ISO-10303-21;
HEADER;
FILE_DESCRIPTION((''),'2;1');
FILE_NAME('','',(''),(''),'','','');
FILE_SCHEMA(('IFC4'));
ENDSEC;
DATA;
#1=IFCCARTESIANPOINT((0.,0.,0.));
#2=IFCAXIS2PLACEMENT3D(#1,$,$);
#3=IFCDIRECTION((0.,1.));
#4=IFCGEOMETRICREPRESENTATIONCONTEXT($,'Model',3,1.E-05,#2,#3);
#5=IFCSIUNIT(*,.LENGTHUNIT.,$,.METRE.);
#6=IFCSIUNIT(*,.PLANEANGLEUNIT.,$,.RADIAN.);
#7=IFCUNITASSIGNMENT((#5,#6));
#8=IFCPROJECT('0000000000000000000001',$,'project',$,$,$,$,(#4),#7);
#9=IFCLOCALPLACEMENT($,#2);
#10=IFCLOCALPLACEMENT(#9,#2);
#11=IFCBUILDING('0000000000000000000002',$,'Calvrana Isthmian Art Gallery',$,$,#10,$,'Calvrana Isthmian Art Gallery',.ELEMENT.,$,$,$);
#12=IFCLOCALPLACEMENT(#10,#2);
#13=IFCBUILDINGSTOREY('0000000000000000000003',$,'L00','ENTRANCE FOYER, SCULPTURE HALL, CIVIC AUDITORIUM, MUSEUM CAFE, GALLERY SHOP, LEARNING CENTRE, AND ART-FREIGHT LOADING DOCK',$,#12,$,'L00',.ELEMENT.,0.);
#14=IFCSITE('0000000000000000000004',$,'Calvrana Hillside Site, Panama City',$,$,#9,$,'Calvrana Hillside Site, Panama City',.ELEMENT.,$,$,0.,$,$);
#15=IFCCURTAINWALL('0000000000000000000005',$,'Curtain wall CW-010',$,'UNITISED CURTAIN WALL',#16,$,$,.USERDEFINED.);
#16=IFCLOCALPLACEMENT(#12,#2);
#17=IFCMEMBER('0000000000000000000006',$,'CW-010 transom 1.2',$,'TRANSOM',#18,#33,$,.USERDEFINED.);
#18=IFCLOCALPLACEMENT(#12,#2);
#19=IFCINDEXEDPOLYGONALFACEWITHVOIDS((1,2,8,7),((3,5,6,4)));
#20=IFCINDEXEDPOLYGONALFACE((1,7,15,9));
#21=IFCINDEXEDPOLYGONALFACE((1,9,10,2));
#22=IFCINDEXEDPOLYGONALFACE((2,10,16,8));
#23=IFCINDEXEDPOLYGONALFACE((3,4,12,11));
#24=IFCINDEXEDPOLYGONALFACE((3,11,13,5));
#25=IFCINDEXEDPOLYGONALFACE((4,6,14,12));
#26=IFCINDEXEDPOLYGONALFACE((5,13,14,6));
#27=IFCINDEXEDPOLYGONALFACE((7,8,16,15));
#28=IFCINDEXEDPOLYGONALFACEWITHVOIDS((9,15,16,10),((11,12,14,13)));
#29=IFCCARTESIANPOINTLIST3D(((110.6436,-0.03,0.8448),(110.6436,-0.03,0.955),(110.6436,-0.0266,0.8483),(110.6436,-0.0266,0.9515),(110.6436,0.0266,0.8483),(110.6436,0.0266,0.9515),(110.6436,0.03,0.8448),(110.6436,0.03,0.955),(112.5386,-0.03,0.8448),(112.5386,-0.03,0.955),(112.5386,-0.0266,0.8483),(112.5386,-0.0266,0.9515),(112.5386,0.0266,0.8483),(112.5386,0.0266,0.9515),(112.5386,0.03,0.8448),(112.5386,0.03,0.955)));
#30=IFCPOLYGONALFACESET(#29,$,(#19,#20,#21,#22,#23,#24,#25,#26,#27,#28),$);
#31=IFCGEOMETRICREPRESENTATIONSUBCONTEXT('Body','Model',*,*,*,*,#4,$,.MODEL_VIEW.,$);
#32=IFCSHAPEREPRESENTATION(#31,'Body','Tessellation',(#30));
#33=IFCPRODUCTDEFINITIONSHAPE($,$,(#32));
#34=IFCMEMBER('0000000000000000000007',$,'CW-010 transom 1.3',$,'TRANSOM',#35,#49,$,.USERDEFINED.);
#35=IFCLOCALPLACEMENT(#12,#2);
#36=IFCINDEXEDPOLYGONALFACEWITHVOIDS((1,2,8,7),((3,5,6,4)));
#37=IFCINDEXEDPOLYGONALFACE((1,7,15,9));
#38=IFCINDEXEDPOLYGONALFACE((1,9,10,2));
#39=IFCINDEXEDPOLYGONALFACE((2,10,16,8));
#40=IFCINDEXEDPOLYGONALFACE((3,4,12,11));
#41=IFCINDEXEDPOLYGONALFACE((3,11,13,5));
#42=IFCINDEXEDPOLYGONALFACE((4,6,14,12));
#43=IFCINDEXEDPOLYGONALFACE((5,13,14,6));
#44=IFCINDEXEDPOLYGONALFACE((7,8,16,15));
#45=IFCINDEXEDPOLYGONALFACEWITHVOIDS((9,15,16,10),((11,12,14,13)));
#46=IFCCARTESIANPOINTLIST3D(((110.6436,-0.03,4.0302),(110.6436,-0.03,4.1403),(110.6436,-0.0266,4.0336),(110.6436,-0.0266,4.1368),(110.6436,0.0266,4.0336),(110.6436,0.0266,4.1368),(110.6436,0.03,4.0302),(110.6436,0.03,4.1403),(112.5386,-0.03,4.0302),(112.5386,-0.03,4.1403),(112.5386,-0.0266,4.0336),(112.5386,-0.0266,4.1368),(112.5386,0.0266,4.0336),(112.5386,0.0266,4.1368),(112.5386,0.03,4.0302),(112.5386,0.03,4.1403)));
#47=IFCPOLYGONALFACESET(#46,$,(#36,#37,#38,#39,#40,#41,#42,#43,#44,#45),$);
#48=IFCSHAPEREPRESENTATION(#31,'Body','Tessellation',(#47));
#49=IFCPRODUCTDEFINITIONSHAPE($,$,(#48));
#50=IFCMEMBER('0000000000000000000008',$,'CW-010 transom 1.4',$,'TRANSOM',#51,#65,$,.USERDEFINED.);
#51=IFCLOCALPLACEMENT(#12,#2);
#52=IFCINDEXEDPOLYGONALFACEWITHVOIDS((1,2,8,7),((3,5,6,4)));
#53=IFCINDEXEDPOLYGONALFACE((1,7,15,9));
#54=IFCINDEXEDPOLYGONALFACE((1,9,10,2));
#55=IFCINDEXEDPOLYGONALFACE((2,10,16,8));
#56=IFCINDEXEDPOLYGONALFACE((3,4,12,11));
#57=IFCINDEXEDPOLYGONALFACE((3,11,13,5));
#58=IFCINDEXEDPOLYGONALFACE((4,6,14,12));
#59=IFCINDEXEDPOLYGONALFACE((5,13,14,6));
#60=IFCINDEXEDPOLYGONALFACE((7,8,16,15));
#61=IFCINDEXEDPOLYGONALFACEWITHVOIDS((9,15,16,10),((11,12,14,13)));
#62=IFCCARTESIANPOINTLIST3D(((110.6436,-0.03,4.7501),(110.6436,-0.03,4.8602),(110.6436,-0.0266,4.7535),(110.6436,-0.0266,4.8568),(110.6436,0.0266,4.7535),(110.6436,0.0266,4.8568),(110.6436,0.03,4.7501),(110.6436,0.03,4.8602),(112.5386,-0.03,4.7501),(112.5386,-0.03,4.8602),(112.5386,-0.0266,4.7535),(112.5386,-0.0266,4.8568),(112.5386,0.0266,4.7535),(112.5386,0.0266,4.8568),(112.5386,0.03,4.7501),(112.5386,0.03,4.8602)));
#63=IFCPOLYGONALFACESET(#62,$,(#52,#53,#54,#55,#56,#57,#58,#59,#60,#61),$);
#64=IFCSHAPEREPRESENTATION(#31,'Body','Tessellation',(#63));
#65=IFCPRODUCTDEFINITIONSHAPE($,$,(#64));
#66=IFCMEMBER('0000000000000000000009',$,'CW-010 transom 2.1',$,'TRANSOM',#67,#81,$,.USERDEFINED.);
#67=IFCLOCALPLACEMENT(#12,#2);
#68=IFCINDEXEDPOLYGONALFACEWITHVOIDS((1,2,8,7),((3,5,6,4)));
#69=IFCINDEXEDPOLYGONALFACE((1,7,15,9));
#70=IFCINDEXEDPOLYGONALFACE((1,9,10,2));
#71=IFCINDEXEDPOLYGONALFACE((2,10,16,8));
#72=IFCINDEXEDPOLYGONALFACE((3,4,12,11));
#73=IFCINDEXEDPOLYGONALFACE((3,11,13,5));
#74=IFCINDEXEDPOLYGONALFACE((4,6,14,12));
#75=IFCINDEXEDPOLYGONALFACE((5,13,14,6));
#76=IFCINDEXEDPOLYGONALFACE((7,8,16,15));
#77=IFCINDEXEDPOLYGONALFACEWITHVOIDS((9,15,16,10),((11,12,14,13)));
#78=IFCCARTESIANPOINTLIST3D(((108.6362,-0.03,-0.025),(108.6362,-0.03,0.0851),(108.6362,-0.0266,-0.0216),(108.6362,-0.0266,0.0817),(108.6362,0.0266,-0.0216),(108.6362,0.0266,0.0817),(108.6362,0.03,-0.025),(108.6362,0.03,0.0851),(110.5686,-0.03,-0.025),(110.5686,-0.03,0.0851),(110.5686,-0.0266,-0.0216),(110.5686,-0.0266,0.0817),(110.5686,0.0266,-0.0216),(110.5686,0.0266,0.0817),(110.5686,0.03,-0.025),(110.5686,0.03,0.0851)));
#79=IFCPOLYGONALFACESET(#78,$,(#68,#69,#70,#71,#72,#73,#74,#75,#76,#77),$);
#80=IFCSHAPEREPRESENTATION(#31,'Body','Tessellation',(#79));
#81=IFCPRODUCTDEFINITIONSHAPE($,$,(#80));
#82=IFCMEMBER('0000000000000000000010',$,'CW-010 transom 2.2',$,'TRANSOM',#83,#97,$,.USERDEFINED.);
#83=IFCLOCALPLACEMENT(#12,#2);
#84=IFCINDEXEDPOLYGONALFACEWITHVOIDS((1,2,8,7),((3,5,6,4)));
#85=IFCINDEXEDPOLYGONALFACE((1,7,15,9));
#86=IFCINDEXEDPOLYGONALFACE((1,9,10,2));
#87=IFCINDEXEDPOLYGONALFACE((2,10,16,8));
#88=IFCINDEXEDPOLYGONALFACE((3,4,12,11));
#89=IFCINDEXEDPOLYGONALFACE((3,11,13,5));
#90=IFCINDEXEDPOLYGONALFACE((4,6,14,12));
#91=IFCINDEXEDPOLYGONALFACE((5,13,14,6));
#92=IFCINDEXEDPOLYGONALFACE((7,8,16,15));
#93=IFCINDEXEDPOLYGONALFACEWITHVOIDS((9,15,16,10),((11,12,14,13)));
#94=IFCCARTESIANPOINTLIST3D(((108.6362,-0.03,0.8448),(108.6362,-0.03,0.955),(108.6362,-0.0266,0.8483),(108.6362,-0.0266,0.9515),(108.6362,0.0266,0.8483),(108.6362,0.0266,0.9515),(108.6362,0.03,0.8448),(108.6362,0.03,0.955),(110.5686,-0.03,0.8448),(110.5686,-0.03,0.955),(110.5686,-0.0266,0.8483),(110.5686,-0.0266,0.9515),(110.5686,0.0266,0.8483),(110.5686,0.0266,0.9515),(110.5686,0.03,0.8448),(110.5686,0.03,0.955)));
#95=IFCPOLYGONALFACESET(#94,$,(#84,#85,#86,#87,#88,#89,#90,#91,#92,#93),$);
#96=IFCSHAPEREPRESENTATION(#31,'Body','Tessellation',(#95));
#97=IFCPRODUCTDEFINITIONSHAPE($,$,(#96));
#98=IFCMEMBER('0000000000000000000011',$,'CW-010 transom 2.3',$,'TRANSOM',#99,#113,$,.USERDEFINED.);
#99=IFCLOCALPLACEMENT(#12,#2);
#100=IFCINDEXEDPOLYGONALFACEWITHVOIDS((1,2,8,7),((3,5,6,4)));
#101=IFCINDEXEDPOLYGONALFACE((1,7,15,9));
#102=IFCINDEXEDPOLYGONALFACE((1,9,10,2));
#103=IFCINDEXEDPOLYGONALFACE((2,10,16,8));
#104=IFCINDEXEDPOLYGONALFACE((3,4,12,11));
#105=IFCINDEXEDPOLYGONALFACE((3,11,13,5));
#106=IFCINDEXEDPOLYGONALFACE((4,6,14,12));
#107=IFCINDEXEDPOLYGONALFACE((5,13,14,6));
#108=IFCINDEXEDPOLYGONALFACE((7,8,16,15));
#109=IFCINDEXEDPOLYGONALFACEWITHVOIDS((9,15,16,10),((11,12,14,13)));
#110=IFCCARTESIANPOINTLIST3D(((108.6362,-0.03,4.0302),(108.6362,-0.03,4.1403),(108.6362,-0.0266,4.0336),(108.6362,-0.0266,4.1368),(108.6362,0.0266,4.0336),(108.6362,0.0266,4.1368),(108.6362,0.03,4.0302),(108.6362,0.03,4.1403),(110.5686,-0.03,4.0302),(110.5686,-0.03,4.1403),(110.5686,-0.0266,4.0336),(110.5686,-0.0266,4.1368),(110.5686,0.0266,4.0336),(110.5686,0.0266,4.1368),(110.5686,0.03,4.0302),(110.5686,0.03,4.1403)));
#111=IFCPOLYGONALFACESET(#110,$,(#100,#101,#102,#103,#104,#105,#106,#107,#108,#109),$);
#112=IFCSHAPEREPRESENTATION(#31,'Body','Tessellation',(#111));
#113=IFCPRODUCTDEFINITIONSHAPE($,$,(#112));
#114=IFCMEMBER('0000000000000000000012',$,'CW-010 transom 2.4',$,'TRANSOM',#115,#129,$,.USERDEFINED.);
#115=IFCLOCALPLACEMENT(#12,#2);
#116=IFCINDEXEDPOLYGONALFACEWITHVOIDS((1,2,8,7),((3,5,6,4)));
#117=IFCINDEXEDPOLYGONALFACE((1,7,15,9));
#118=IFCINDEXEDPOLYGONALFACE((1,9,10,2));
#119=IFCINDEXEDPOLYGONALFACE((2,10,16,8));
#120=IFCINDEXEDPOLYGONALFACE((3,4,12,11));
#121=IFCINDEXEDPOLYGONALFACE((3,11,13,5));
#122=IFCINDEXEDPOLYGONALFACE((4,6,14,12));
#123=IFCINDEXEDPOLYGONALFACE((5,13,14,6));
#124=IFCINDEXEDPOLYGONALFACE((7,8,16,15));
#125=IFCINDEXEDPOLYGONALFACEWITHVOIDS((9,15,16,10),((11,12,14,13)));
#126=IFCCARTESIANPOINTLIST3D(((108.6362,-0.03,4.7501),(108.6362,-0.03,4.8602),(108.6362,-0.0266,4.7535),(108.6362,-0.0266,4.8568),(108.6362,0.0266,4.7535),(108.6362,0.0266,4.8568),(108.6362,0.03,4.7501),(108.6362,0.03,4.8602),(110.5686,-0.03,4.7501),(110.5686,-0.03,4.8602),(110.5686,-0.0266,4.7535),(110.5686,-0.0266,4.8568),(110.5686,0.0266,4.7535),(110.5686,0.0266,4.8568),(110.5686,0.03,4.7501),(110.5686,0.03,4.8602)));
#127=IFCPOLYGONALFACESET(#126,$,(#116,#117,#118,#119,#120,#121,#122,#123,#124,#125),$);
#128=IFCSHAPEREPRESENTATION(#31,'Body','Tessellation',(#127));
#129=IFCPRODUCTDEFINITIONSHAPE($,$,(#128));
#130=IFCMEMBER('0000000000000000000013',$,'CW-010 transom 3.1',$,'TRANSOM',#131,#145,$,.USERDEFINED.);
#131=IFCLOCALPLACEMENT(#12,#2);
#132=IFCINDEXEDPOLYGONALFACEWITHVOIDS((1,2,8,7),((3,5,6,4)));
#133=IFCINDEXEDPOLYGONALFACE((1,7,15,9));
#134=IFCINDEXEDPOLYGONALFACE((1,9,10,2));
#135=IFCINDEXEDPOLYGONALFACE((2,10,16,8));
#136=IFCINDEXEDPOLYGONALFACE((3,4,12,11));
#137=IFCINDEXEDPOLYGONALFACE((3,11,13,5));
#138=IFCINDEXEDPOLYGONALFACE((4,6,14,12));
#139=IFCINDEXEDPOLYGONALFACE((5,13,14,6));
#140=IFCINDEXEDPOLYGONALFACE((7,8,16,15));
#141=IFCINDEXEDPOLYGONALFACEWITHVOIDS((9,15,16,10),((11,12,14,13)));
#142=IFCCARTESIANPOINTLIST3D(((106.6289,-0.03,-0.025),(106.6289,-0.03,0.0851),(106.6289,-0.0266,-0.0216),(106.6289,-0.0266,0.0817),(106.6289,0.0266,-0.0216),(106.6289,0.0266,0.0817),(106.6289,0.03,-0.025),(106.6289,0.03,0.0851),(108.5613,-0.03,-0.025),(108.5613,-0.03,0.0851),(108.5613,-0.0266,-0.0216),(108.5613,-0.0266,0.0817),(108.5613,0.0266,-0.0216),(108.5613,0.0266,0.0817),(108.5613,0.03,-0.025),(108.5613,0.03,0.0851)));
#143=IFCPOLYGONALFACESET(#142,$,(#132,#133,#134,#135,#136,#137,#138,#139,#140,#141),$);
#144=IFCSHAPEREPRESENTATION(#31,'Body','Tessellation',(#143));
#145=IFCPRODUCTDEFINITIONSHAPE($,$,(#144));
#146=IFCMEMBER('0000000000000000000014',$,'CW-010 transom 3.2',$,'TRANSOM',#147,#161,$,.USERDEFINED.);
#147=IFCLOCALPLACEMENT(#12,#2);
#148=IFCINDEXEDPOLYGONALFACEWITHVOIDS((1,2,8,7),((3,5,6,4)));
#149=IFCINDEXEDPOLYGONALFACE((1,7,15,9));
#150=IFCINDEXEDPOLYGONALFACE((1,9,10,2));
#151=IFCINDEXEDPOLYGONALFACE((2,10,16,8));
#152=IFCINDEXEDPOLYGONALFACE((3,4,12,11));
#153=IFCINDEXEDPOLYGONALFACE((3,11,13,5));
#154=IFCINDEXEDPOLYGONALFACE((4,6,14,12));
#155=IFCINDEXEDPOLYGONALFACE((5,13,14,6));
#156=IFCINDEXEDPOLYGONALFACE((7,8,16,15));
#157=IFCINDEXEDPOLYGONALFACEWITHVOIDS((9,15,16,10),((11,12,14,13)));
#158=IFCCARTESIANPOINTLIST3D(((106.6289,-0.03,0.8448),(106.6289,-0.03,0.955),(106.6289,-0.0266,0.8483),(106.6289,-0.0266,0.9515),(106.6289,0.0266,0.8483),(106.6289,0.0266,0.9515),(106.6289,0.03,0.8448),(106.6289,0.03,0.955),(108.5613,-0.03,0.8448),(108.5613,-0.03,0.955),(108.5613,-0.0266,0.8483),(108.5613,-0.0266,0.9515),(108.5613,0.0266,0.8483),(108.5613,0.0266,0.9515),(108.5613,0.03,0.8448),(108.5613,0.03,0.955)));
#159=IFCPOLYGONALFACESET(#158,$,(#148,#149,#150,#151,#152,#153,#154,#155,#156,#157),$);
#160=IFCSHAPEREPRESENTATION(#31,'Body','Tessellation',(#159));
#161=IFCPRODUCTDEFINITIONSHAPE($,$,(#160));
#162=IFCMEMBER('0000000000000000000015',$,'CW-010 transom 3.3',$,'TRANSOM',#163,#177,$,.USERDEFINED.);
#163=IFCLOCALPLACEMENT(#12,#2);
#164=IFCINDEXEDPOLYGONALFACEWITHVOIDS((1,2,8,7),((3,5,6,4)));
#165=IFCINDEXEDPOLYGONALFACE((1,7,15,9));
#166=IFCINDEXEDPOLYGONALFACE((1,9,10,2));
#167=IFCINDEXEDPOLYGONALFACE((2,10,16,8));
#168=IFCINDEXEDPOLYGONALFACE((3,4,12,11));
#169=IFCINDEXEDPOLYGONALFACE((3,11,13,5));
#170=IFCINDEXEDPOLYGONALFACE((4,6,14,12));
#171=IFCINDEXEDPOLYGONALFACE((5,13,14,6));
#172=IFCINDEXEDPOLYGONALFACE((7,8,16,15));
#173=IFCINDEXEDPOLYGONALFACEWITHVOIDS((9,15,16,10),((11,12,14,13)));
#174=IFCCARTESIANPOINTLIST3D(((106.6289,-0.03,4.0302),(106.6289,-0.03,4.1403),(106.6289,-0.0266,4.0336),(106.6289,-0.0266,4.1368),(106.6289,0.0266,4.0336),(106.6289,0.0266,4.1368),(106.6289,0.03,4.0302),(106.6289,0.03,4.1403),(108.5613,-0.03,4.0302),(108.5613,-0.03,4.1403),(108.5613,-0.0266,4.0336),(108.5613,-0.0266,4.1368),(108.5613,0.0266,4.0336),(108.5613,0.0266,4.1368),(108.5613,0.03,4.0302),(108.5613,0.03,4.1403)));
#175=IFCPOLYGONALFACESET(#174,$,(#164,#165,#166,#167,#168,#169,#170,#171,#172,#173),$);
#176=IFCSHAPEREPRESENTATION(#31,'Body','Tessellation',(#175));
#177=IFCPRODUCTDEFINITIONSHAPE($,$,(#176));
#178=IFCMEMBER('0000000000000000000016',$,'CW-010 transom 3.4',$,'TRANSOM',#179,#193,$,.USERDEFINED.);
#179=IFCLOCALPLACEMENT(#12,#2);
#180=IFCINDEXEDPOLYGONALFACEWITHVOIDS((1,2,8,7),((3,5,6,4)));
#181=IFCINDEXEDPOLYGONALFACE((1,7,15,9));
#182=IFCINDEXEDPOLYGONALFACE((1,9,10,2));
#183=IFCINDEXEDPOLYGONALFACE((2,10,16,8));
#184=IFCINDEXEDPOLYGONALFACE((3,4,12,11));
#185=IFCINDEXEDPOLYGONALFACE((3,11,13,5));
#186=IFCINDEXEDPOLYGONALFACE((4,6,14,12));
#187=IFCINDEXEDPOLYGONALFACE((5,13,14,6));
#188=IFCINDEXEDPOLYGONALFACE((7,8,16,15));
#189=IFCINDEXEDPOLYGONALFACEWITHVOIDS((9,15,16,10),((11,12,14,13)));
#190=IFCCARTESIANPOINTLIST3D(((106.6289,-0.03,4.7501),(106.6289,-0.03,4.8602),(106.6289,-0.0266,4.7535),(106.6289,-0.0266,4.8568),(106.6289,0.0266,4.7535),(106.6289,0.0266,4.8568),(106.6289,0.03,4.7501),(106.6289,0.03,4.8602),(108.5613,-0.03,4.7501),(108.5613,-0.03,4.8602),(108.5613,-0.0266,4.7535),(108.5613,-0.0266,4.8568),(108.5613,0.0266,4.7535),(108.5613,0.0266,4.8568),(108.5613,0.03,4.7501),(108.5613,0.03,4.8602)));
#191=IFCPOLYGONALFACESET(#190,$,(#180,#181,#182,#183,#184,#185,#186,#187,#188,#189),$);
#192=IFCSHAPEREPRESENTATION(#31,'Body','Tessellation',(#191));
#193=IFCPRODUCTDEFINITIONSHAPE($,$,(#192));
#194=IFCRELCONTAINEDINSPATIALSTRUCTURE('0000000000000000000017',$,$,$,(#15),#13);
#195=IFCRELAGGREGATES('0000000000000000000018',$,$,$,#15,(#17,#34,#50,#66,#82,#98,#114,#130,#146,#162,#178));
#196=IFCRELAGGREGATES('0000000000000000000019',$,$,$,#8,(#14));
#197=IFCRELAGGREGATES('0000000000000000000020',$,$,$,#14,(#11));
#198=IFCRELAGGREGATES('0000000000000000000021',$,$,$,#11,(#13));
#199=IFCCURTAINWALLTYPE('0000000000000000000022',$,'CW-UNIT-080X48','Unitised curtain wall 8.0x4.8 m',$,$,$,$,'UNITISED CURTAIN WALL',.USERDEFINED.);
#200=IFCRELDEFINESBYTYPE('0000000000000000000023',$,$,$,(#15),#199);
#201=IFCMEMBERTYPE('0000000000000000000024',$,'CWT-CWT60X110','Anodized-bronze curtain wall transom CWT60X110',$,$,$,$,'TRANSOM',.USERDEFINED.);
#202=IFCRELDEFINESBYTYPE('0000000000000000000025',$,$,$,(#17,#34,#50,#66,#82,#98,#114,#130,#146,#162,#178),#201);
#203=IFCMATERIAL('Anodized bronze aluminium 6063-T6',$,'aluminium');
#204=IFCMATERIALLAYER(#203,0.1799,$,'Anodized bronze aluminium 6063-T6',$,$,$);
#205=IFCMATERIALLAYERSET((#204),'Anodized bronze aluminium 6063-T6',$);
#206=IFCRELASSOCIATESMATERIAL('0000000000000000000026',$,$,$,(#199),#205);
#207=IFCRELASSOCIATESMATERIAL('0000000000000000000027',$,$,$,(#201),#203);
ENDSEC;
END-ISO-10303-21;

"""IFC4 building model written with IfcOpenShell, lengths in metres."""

from ifc_helpers import new_model, si_unit, direction, frame, origin, origin_2d, place, context, subcontext, project, spatial, hollow_rectangle, extrude, material, layer, layer_set, material_profile, profile_set, type_object, element, aggregate, save


model = new_model("IFC4")

# Units and contexts
model_context = context("Model", 3, precision=1e-05, world=origin(), true_north=direction((0.0, 1.0)))
body_context = subcontext(model_context, "Body", "Model", "MODEL_VIEW")
ifc_project = project(units=[si_unit("LENGTHUNIT", "METRE"), si_unit("PLANEANGLEUNIT", "RADIAN")], contexts=[model_context])

# Site, building, storey
site_placement = place(None, origin())
site = spatial("IfcSite", under=ifc_project, at=site_placement, Name="Calvrana Hillside Site, Panama City", LongName="Calvrana Hillside Site, Panama City", CompositionType="ELEMENT", RefElevation=0.0)
building_placement = place(site_placement, origin())
building = spatial("IfcBuilding", under=site, at=building_placement, Name="Calvrana Isthmian Art Gallery", LongName="Calvrana Isthmian Art Gallery", CompositionType="ELEMENT")
storey_placement = place(building_placement, origin())
storey = spatial("IfcBuildingStorey", under=building, at=storey_placement, Name="L00", Description="ENTRANCE FOYER, SCULPTURE HALL, CIVIC AUDITORIUM, MUSEUM CAFE, GALLERY SHOP, LEARNING CENTRE, AND ART-FREIGHT LOADING DOCK", LongName="L00", CompositionType="ELEMENT", Elevation=0.0)

# Curtain wall, members
ifc_material_1 = material(Name="Anodized bronze aluminium 6063-T6", Category="aluminium")
ifc_layer_1 = layer(ifc_material_1, 0.1799, Name="Anodized bronze aluminium 6063-T6")
ifc_layer_set_1 = layer_set([ifc_layer_1], Name="Anodized bronze aluminium 6063-T6")
curtain_wall_type = type_object("IfcCurtainWallType", Name="CW-UNIT-080X48", Description="Unitised curtain wall 8.0x4.8 m", ElementType="UNITISED CURTAIN WALL", PredefinedType="USERDEFINED", material=ifc_layer_set_1)
curtain_wall_placement = place(storey_placement, origin())
curtain_wall = element("IfcCurtainWall", 1, at=curtain_wall_placement, inside=storey, type_object=curtain_wall_type, Name="Curtain wall CW-010", ObjectType="UNITISED CURTAIN WALL", PredefinedType="USERDEFINED")
ifc_material_profile_1 = material_profile(ifc_material_1, hollow_rectangle(XDim=0.0601, YDim=0.1101, WallThickness=0.0034, at=origin_2d()), Name="CWT60X110")
ifc_profile_set_1 = profile_set([ifc_material_profile_1], Name="Anodized bronze aluminium 6063-T6")
member_type_1 = type_object("IfcMemberType", Name="CWT-CWT60X110", Description="Anodized-bronze curtain wall transom CWT60X110", ElementType="TRANSOM", PredefinedType="USERDEFINED", material=ifc_profile_set_1)
member_1_placement = place(storey_placement, frame((112.5386, 0.0, 0.8999), z_axis=(-1.0, 0.0, 0.0), x_axis=(0.0, -1.0, 0.0)))
member_1 = element("IfcMember", 2, at=member_1_placement, type_object=member_type_1, Name="CW-010 transom 1.2", ObjectType="TRANSOM", PredefinedType="USERDEFINED", context=body_context, shape_type="SweptSolid", body=[
    extrude(hollow_rectangle(XDim=0.0601, YDim=0.1101, WallThickness=0.0034, at=origin_2d()), origin(), (0.0, 0.0, 1.0), 1.895),
])
member_2_placement = place(storey_placement, frame((112.5386, 0.0, 4.0852), z_axis=(-1.0, 0.0, 0.0), x_axis=(0.0, -1.0, 0.0)))
member_2 = element("IfcMember", 3, at=member_2_placement, type_object=member_type_1, Name="CW-010 transom 1.3", ObjectType="TRANSOM", PredefinedType="USERDEFINED", context=body_context, shape_type="SweptSolid", body=[
    extrude(hollow_rectangle(XDim=0.0601, YDim=0.1101, WallThickness=0.0034, at=origin_2d()), origin(), (0.0, 0.0, 1.0), 1.895),
])
member_3_placement = place(storey_placement, frame((112.5386, 0.0, 4.8052), z_axis=(-1.0, 0.0, 0.0), x_axis=(0.0, -1.0, 0.0)))
member_3 = element("IfcMember", 4, at=member_3_placement, type_object=member_type_1, Name="CW-010 transom 1.4", ObjectType="TRANSOM", PredefinedType="USERDEFINED", context=body_context, shape_type="SweptSolid", body=[
    extrude(hollow_rectangle(XDim=0.0601, YDim=0.1101, WallThickness=0.0034, at=origin_2d()), origin(), (0.0, 0.0, 1.0), 1.895),
])
member_4_placement = place(storey_placement, frame((110.5686, 0.0, 0.03), z_axis=(-1.0, 0.0, 0.0), x_axis=(0.0, -1.0, 0.0)))
member_4 = element("IfcMember", 5, at=member_4_placement, type_object=member_type_1, Name="CW-010 transom 2.1", ObjectType="TRANSOM", PredefinedType="USERDEFINED", context=body_context, shape_type="SweptSolid", body=[
    extrude(hollow_rectangle(XDim=0.0601, YDim=0.1101, WallThickness=0.0034, at=origin_2d()), origin(), (0.0, 0.0, 1.0), 1.9324),
])
member_5_placement = place(storey_placement, frame((110.5686, 0.0, 0.8999), z_axis=(-1.0, 0.0, 0.0), x_axis=(0.0, -1.0, 0.0)))
member_5 = element("IfcMember", 6, at=member_5_placement, type_object=member_type_1, Name="CW-010 transom 2.2", ObjectType="TRANSOM", PredefinedType="USERDEFINED", context=body_context, shape_type="SweptSolid", body=[
    extrude(hollow_rectangle(XDim=0.0601, YDim=0.1101, WallThickness=0.0034, at=origin_2d()), origin(), (0.0, 0.0, 1.0), 1.9324),
])
member_6_placement = place(storey_placement, frame((110.5686, 0.0, 4.0852), z_axis=(-1.0, 0.0, 0.0), x_axis=(0.0, -1.0, 0.0)))
member_6 = element("IfcMember", 7, at=member_6_placement, type_object=member_type_1, Name="CW-010 transom 2.3", ObjectType="TRANSOM", PredefinedType="USERDEFINED", context=body_context, shape_type="SweptSolid", body=[
    extrude(hollow_rectangle(XDim=0.0601, YDim=0.1101, WallThickness=0.0034, at=origin_2d()), origin(), (0.0, 0.0, 1.0), 1.9324),
])
member_7_placement = place(storey_placement, frame((110.5686, 0.0, 4.8052), z_axis=(-1.0, 0.0, 0.0), x_axis=(0.0, -1.0, 0.0)))
member_7 = element("IfcMember", 8, at=member_7_placement, type_object=member_type_1, Name="CW-010 transom 2.4", ObjectType="TRANSOM", PredefinedType="USERDEFINED", context=body_context, shape_type="SweptSolid", body=[
    extrude(hollow_rectangle(XDim=0.0601, YDim=0.1101, WallThickness=0.0034, at=origin_2d()), origin(), (0.0, 0.0, 1.0), 1.9324),
])
member_8_placement = place(storey_placement, frame((108.5613, 0.0, 0.03), z_axis=(-1.0, 0.0, 0.0), x_axis=(0.0, -1.0, 0.0)))
member_8 = element("IfcMember", 9, at=member_8_placement, type_object=member_type_1, Name="CW-010 transom 3.1", ObjectType="TRANSOM", PredefinedType="USERDEFINED", context=body_context, shape_type="SweptSolid", body=[
    extrude(hollow_rectangle(XDim=0.0601, YDim=0.1101, WallThickness=0.0034, at=origin_2d()), origin(), (0.0, 0.0, 1.0), 1.9324),
])
member_9_placement = place(storey_placement, frame((108.5613, 0.0, 0.8999), z_axis=(-1.0, 0.0, 0.0), x_axis=(0.0, -1.0, 0.0)))
member_9 = element("IfcMember", 10, at=member_9_placement, type_object=member_type_1, Name="CW-010 transom 3.2", ObjectType="TRANSOM", PredefinedType="USERDEFINED", context=body_context, shape_type="SweptSolid", body=[
    extrude(hollow_rectangle(XDim=0.0601, YDim=0.1101, WallThickness=0.0034, at=origin_2d()), origin(), (0.0, 0.0, 1.0), 1.9324),
])
member_10_placement = place(storey_placement, frame((108.5613, 0.0, 4.0852), z_axis=(-1.0, 0.0, 0.0), x_axis=(0.0, -1.0, 0.0)))
member_10 = element("IfcMember", 11, at=member_10_placement, type_object=member_type_1, Name="CW-010 transom 3.3", ObjectType="TRANSOM", PredefinedType="USERDEFINED", context=body_context, shape_type="SweptSolid", body=[
    extrude(hollow_rectangle(XDim=0.0601, YDim=0.1101, WallThickness=0.0034, at=origin_2d()), origin(), (0.0, 0.0, 1.0), 1.9324),
])
member_11_placement = place(storey_placement, frame((108.5613, 0.0, 4.8052), z_axis=(-1.0, 0.0, 0.0), x_axis=(0.0, -1.0, 0.0)))
member_11 = element("IfcMember", 12, at=member_11_placement, type_object=member_type_1, Name="CW-010 transom 3.4", ObjectType="TRANSOM", PredefinedType="USERDEFINED", context=body_context, shape_type="SweptSolid", body=[
    extrude(hollow_rectangle(XDim=0.0601, YDim=0.1101, WallThickness=0.0034, at=origin_2d()), origin(), (0.0, 0.0, 1.0), 1.9324),
])
aggregate(curtain_wall, [member_1, member_2, member_3, member_4, member_5, member_6, member_7, member_8, member_9, member_10, member_11])

save(model, "model.ifc")
